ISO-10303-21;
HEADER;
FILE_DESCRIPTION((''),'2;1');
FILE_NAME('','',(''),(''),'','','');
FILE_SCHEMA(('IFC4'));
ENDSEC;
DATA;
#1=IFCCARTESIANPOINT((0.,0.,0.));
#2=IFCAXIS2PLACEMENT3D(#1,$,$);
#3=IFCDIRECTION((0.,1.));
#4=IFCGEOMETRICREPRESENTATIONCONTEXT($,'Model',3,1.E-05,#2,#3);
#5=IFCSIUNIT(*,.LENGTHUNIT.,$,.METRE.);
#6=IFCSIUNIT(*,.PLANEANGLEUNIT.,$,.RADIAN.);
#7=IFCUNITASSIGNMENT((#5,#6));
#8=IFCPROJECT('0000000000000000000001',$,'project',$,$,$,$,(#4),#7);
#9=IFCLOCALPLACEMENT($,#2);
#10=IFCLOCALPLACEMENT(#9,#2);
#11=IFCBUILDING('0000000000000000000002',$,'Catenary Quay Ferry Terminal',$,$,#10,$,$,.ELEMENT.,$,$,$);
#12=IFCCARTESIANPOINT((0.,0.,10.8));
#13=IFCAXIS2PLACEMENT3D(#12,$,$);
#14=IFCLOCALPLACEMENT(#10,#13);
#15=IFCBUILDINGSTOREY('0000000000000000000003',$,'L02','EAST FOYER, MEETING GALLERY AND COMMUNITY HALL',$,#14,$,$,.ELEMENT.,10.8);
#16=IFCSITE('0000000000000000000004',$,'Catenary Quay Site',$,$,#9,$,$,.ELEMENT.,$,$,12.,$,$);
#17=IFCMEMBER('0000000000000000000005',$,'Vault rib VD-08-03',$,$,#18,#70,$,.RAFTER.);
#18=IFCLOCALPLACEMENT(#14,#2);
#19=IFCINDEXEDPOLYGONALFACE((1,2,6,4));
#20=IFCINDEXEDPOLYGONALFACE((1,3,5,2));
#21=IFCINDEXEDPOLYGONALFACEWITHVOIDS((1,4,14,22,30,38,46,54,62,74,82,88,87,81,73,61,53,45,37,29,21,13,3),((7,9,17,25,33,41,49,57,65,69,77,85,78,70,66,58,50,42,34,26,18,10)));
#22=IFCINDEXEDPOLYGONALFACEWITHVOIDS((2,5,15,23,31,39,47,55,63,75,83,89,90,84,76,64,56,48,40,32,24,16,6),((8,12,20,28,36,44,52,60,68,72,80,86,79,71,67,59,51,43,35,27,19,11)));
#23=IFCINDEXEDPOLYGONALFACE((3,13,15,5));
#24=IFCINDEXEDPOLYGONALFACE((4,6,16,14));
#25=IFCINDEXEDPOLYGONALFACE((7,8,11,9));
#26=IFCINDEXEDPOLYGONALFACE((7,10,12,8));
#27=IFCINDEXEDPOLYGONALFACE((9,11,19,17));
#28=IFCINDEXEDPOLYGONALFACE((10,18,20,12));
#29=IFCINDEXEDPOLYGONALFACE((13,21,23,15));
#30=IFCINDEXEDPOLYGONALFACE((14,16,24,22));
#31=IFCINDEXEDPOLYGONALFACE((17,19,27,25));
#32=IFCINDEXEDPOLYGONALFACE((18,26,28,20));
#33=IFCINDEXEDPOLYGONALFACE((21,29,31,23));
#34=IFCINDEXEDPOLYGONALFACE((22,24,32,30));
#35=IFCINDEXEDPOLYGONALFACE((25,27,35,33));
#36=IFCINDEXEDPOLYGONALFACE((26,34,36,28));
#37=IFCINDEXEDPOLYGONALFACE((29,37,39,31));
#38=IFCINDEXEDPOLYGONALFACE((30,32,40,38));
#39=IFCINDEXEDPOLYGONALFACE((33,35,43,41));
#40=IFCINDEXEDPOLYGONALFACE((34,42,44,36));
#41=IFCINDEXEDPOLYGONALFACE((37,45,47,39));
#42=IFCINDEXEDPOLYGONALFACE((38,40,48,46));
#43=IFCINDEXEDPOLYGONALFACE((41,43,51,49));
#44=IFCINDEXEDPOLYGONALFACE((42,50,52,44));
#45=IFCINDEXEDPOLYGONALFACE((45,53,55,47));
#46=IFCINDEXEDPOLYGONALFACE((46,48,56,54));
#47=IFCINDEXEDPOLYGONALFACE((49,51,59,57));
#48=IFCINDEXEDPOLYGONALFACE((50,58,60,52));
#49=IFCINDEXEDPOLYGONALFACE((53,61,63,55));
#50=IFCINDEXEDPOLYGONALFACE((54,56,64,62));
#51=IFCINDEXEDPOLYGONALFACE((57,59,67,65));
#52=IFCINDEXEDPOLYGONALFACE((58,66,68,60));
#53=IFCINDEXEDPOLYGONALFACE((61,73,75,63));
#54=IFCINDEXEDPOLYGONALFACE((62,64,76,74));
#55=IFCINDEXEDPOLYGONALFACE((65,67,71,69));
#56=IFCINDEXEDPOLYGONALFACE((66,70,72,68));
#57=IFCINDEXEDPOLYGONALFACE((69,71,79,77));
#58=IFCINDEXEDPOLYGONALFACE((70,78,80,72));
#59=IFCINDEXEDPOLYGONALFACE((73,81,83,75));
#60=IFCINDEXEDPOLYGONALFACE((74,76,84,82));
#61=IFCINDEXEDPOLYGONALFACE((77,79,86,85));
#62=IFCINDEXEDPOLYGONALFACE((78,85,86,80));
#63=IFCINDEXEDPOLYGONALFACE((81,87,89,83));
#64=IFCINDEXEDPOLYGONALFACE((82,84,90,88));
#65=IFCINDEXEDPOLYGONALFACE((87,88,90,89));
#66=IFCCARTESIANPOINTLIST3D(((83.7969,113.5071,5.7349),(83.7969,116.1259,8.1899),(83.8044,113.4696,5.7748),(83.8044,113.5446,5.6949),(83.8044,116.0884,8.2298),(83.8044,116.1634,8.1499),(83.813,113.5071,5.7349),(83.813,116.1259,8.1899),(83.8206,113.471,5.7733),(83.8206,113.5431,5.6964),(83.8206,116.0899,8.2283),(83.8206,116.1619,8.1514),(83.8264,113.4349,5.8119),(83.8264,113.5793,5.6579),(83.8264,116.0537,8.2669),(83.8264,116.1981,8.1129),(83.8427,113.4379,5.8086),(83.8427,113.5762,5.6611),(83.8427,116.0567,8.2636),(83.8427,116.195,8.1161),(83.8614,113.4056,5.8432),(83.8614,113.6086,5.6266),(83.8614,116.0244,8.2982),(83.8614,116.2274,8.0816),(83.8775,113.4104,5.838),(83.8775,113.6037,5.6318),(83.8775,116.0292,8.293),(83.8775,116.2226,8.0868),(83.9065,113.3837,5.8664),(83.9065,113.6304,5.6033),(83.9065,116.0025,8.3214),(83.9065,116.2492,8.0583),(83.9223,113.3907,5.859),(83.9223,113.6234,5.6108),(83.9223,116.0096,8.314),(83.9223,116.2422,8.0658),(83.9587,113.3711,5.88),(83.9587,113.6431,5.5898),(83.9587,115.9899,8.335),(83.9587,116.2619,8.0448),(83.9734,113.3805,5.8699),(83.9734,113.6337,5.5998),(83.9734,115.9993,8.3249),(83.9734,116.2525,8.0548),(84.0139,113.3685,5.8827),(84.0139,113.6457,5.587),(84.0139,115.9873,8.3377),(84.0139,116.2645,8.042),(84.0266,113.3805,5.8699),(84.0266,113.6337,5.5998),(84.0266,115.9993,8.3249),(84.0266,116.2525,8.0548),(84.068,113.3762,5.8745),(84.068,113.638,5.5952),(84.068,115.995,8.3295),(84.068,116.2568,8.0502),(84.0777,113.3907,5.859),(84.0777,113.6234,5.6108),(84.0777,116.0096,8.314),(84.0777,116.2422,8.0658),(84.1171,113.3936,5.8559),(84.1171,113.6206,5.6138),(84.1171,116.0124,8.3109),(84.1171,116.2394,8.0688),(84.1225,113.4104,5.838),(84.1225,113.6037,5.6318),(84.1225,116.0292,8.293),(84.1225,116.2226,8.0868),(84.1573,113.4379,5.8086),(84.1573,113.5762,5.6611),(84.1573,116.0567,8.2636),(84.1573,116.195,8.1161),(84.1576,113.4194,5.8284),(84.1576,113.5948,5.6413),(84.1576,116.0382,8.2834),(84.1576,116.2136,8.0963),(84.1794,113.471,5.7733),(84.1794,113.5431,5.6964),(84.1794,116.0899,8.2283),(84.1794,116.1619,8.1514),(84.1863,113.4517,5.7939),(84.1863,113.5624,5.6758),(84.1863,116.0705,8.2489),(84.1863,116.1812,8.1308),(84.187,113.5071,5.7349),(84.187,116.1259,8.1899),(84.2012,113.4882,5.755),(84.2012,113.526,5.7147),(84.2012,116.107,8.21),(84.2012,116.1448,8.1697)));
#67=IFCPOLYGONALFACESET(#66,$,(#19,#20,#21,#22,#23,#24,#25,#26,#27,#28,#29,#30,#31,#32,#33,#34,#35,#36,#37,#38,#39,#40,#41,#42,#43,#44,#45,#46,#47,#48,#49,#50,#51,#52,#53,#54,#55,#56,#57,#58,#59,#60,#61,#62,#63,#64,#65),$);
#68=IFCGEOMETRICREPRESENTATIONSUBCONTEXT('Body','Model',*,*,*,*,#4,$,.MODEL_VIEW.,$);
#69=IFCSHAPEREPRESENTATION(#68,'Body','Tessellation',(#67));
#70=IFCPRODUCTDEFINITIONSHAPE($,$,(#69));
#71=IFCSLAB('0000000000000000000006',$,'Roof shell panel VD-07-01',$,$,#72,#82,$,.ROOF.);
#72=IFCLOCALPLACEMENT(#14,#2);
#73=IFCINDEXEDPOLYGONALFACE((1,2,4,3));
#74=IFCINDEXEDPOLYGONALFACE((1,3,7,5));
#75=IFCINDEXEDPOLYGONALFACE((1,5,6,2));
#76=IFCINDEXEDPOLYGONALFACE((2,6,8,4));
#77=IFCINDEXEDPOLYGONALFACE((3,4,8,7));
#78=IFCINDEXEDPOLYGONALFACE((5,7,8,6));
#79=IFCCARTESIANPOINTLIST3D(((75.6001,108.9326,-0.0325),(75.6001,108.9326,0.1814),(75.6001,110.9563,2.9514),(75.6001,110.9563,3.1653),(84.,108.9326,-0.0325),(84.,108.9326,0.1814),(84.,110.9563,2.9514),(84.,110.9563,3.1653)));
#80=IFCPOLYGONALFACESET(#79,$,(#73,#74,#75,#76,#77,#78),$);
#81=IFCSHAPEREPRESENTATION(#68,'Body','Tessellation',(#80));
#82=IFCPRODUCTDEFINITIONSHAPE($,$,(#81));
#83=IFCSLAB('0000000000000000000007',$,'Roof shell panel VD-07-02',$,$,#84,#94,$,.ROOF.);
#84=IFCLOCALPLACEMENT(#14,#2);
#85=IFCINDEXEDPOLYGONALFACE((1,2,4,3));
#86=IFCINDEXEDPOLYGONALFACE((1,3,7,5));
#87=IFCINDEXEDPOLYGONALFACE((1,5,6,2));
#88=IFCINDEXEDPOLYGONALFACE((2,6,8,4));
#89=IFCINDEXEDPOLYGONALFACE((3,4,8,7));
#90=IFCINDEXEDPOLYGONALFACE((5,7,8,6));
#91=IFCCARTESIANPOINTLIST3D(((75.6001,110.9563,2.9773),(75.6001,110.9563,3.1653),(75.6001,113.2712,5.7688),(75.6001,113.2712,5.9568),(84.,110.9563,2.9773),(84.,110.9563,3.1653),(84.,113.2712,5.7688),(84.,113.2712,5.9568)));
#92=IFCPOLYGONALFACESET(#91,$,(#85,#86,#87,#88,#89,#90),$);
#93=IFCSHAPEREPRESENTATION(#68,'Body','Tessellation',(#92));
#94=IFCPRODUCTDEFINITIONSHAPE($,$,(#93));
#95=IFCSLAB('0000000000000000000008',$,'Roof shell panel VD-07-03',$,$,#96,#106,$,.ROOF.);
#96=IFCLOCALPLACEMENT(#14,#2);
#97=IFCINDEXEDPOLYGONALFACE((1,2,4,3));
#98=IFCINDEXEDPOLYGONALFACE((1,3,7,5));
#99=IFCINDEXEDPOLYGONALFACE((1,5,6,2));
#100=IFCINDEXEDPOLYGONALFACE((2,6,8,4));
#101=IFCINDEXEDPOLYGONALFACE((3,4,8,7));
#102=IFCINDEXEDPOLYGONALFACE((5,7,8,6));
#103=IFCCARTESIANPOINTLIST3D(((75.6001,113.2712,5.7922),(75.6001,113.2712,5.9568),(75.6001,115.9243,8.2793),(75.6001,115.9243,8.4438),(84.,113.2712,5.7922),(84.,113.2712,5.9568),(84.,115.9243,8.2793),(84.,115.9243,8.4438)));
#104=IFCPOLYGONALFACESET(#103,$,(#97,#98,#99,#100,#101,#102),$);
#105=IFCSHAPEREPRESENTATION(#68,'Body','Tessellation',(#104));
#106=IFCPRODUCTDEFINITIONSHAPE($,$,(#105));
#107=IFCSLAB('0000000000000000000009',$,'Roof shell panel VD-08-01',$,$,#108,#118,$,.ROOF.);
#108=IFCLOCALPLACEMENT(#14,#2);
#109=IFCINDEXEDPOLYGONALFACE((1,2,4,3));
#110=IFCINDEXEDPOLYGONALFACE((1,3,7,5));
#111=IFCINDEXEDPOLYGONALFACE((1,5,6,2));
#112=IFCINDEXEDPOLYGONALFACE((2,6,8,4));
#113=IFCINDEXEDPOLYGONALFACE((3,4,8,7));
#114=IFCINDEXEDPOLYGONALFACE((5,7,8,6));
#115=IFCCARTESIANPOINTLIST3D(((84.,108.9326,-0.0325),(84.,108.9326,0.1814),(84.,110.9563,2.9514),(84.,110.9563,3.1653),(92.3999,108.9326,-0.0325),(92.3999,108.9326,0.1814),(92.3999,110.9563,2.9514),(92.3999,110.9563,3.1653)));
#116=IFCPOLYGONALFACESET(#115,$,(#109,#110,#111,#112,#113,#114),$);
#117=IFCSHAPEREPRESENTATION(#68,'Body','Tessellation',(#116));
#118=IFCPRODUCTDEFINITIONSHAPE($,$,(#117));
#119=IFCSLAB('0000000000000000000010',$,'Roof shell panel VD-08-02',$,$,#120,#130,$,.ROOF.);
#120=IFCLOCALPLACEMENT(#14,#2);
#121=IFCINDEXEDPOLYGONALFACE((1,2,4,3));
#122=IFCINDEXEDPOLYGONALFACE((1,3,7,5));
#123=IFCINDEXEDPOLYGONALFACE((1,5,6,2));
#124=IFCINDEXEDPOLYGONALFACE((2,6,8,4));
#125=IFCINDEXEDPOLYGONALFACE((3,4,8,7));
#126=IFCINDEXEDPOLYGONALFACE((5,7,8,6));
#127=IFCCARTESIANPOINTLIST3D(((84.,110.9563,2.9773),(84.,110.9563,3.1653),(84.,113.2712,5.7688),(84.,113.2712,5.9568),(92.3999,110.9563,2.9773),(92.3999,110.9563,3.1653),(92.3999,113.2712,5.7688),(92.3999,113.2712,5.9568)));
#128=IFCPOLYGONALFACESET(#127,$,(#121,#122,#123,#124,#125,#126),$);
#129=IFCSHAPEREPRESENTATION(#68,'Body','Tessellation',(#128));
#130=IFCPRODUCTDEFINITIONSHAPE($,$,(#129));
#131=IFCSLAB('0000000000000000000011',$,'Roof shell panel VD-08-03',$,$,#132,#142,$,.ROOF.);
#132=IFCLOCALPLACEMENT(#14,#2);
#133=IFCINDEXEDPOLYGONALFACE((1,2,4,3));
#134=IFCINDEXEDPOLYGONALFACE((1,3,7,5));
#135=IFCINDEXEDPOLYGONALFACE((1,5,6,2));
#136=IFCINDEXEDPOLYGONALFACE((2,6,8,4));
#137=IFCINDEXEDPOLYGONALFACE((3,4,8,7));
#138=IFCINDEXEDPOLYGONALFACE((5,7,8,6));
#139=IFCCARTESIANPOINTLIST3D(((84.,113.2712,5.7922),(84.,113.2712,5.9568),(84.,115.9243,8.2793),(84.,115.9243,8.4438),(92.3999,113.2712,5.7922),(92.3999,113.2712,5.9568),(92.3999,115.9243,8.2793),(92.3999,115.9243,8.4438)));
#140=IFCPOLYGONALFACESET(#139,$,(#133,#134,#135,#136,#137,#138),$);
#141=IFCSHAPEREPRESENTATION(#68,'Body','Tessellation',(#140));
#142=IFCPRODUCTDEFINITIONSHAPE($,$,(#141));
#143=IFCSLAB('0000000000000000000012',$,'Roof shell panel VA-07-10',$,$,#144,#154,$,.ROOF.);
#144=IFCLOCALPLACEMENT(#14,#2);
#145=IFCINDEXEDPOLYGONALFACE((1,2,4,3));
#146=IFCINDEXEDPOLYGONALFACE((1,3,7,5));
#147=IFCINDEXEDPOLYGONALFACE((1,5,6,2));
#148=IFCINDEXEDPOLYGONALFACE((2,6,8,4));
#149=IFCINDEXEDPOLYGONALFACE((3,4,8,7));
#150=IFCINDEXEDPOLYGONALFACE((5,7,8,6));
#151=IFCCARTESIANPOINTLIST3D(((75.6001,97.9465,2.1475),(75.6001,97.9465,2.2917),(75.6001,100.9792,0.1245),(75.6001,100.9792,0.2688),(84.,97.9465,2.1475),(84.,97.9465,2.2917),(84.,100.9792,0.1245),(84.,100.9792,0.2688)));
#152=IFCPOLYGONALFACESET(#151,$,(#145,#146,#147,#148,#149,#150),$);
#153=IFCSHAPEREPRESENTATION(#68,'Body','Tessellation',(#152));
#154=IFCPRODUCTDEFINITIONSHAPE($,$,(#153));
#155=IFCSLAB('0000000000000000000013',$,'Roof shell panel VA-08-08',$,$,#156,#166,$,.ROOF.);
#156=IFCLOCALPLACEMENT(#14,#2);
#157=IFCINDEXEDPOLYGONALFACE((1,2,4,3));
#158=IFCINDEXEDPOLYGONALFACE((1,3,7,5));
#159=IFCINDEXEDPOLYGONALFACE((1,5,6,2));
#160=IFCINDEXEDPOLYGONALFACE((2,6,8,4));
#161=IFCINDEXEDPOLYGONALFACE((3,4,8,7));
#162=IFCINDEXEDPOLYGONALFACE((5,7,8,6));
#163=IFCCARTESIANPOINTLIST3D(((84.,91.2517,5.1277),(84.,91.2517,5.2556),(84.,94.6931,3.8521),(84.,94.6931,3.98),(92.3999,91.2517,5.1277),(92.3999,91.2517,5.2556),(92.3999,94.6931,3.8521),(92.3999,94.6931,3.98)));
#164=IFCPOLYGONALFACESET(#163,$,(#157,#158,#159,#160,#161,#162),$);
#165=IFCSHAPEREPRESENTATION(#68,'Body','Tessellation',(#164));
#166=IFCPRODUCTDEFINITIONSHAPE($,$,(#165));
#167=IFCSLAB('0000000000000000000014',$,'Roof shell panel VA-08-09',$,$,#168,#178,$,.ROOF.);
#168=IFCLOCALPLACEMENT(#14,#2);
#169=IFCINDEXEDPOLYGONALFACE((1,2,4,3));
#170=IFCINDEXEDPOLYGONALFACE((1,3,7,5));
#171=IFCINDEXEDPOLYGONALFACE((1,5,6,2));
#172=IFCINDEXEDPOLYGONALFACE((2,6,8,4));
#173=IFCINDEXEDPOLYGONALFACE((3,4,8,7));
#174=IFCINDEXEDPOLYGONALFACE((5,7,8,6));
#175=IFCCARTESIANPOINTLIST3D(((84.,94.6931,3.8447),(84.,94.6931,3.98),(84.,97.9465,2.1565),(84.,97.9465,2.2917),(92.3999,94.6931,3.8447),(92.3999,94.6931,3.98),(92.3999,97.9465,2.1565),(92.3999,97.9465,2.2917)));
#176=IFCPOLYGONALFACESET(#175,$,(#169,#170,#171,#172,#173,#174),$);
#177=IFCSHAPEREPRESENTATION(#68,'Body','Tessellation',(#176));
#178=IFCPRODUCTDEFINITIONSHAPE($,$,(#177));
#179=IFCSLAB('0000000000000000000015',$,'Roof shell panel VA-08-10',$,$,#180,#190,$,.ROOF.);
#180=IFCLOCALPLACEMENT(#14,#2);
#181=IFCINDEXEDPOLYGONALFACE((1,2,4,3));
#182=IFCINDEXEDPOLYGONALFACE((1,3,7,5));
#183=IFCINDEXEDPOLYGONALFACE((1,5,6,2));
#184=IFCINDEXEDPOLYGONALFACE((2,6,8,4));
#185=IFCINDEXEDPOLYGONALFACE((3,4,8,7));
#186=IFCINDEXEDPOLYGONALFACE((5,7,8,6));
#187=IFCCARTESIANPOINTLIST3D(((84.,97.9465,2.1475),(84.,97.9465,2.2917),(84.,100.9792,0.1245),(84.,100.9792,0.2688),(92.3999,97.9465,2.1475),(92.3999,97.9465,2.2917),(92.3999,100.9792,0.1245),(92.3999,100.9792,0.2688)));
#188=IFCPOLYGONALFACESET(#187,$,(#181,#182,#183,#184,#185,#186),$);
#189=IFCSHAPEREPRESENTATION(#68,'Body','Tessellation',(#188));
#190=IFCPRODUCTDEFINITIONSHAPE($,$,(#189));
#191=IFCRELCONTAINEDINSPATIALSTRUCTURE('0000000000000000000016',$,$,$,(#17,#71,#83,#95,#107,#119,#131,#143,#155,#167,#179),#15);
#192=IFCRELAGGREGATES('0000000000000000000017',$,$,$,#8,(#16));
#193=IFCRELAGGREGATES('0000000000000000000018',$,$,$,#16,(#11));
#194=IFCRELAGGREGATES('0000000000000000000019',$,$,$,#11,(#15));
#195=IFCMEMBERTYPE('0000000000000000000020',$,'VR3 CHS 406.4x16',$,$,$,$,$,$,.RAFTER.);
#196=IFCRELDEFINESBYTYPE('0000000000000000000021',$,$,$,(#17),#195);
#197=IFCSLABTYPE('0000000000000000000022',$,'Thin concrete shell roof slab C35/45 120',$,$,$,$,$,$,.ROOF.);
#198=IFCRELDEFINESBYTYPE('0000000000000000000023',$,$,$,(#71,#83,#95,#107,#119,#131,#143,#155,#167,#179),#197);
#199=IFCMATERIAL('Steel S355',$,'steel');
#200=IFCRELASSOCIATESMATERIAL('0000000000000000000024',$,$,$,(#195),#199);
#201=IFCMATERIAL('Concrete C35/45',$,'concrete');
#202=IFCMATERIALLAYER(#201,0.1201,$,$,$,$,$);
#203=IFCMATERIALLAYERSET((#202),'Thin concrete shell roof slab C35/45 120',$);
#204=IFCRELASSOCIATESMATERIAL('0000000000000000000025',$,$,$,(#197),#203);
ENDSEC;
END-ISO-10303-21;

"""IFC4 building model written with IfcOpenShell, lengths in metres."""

from ifc_helpers import new_model, si_unit, direction, frame, origin, origin_2d, place, context, subcontext, project, spatial, polyline, hollow_circle, outline, extrude, material, layer, layer_set, material_profile, profile_set, type_object, element, save


model = new_model("IFC4")

# Units and contexts
model_context = context("Model", 3, precision=1e-05, world=origin(), true_north=direction((0.0, 1.0)))
body_context = subcontext(model_context, "Body", "Model", "MODEL_VIEW")
ifc_project = project(units=[si_unit("LENGTHUNIT", "METRE"), si_unit("PLANEANGLEUNIT", "RADIAN")], contexts=[model_context])

# Site, building, storey
site_placement = place(None, origin())
site = spatial("IfcSite", under=ifc_project, at=site_placement, Name="Catenary Quay Site", CompositionType="ELEMENT", RefElevation=12.0)
building_placement = place(site_placement, origin())
building = spatial("IfcBuilding", under=site, at=building_placement, Name="Catenary Quay Ferry Terminal", CompositionType="ELEMENT")
storey_placement = place(building_placement, frame((0.0, 0.0, 10.8)))
storey = spatial("IfcBuildingStorey", under=building, at=storey_placement, Name="L02", Description="EAST FOYER, MEETING GALLERY AND COMMUNITY HALL", CompositionType="ELEMENT", Elevation=10.8)

# Member
ifc_material_1 = material(Name="Steel S355", Category="steel")
ifc_material_profile_1 = material_profile(ifc_material_1, hollow_circle(Radius=0.2031, WallThickness=0.0161, at=origin_2d()), Name="CHS 406.4x16")
ifc_profile_set_1 = profile_set([ifc_material_profile_1], Name="Steel S355")
member_type_1 = type_object("IfcMemberType", Name="VR3 CHS 406.4x16", PredefinedType="RAFTER", material=ifc_profile_set_1)
member_1_placement = place(storey_placement, frame((84.0, 113.5071, 5.7349), z_axis=(0.0, 0.729556, 0.683921), x_axis=(-1.0, 0.0, 0.0)))
element("IfcMember", 1, at=member_1_placement, inside=storey, type_object=member_type_1, Name="Vault rib VD-08-03", PredefinedType="RAFTER", context=body_context, shape_type="SweptSolid", body=[
    extrude(hollow_circle(Radius=0.2031, WallThickness=0.0161, at=origin_2d()), origin(), (0.0, 0.0, 1.0), 3.5896),
])

# Slabs
ifc_material_2 = material(Name="Concrete C35/45", Category="concrete")
ifc_layer_1 = layer(ifc_material_2, 0.1201)
ifc_layer_set_1 = layer_set([ifc_layer_1], Name="Thin concrete shell roof slab C35/45 120")
slab_type = type_object("IfcSlabType", Name="Thin concrete shell roof slab C35/45 120", PredefinedType="ROOF", material=ifc_layer_set_1)
slab_1_placement = place(storey_placement, frame((75.6001, 108.9326, 0.1814), z_axis=(0.0, -0.827617, 0.561293), x_axis=(1.0, 0.0, 0.0)))
element("IfcSlab", 2, at=slab_1_placement, inside=storey, type_object=slab_type, Name="Roof shell panel VD-07-01", PredefinedType="ROOF", context=body_context, shape_type="SweptSolid", body=[
    extrude(outline(polyline([(0.0, 0.0), (8.3999, 0.0), (8.3999, 3.6054), (0.0, 3.6054), (0.0, 0.0)])), origin(), (0.0, -0.827617, -0.561293), 0.2139),
])
slab_2_placement = place(storey_placement, frame((75.6001, 110.9563, 3.1653), z_axis=(0.0, -0.769753, 0.638342), x_axis=(1.0, 0.0, 0.0)))
element("IfcSlab", 3, at=slab_2_placement, inside=storey, type_object=slab_type, Name="Roof shell panel VD-07-02", PredefinedType="ROOF", context=body_context, shape_type="SweptSolid", body=[
    extrude(outline(polyline([(0.0, 0.0), (8.3999, 0.0), (8.3999, 3.6265), (0.0, 3.6265), (0.0, 0.0)])), origin(), (0.0, -0.769753, -0.638342), 0.188),
])
slab_3_placement = place(storey_placement, frame((75.6001, 113.2712, 5.9568), z_axis=(0.0, -0.683912, 0.729564), x_axis=(1.0, 0.0, 0.0)))
element("IfcSlab", 4, at=slab_3_placement, inside=storey, type_object=slab_type, Name="Roof shell panel VD-07-03", PredefinedType="ROOF", context=body_context, shape_type="SweptSolid", body=[
    extrude(outline(polyline([(0.0, 0.0), (8.3999, 0.0), (8.3999, 3.6365), (0.0, 3.6365), (0.0, 0.0)])), origin(), (0.0, -0.683912, -0.729564), 0.1646),
])
slab_4_placement = place(storey_placement, frame((84.0, 108.9326, 0.1814), z_axis=(0.0, -0.827617, 0.561293), x_axis=(1.0, 0.0, 0.0)))
element("IfcSlab", 5, at=slab_4_placement, inside=storey, type_object=slab_type, Name="Roof shell panel VD-08-01", PredefinedType="ROOF", context=body_context, shape_type="SweptSolid", body=[
    extrude(outline(polyline([(0.0, 0.0), (8.3999, 0.0), (8.3999, 3.6054), (0.0, 3.6054), (0.0, 0.0)])), origin(), (0.0, -0.827617, -0.561293), 0.2139),
])
slab_5_placement = place(storey_placement, frame((84.0, 110.9563, 3.1653), z_axis=(0.0, -0.769753, 0.638342), x_axis=(1.0, 0.0, 0.0)))
element("IfcSlab", 6, at=slab_5_placement, inside=storey, type_object=slab_type, Name="Roof shell panel VD-08-02", PredefinedType="ROOF", context=body_context, shape_type="SweptSolid", body=[
    extrude(outline(polyline([(0.0, 0.0), (8.3999, 0.0), (8.3999, 3.6265), (0.0, 3.6265), (0.0, 0.0)])), origin(), (0.0, -0.769753, -0.638342), 0.188),
])
slab_6_placement = place(storey_placement, frame((84.0, 113.2712, 5.9568), z_axis=(0.0, -0.683912, 0.729564), x_axis=(1.0, 0.0, 0.0)))
element("IfcSlab", 7, at=slab_6_placement, inside=storey, type_object=slab_type, Name="Roof shell panel VD-08-03", PredefinedType="ROOF", context=body_context, shape_type="SweptSolid", body=[
    extrude(outline(polyline([(0.0, 0.0), (8.3999, 0.0), (8.3999, 3.6365), (0.0, 3.6365), (0.0, 0.0)])), origin(), (0.0, -0.683912, -0.729564), 0.1646),
])
slab_7_placement = place(storey_placement, frame((75.6001, 97.9465, 2.2917), z_axis=(0.0, 0.554917, 0.831906), x_axis=(1.0, 0.0, 0.0)))
element("IfcSlab", 8, at=slab_7_placement, inside=storey, type_object=slab_type, Name="Roof shell panel VA-07-10", PredefinedType="ROOF", context=body_context, shape_type="SweptSolid", body=[
    extrude(outline(polyline([(0.0, 0.0), (8.3999, 0.0), (8.3999, 3.6455), (0.0, 3.6455), (0.0, 0.0)])), origin(), (0.0, 0.554917, -0.831906), 0.1443),
])
slab_8_placement = place(storey_placement, frame((84.0, 91.2517, 5.2556), z_axis=(0.0, 0.347563, 0.937656), x_axis=(1.0, 0.0, 0.0)))
element("IfcSlab", 9, at=slab_8_placement, inside=storey, type_object=slab_type, Name="Roof shell panel VA-08-08", PredefinedType="ROOF", context=body_context, shape_type="SweptSolid", body=[
    extrude(outline(polyline([(0.0, 0.0), (8.3999, 0.0), (8.3999, 3.6702), (0.0, 3.6702), (0.0, 0.0)])), origin(), (0.0, 0.347563, -0.937656), 0.1279),
])
slab_9_placement = place(storey_placement, frame((84.0, 94.6931, 3.98), z_axis=(0.0, 0.460591, 0.887612), x_axis=(1.0, 0.0, 0.0)))
element("IfcSlab", 10, at=slab_9_placement, inside=storey, type_object=slab_type, Name="Roof shell panel VA-08-09", PredefinedType="ROOF", context=body_context, shape_type="SweptSolid", body=[
    extrude(outline(polyline([(0.0, 0.0), (8.3999, 0.0), (8.3999, 3.6654), (0.0, 3.6654), (0.0, 0.0)])), origin(), (0.0, 0.460591, -0.887612), 0.1353),
])
slab_10_placement = place(storey_placement, frame((84.0, 97.9465, 2.2917), z_axis=(0.0, 0.554917, 0.831906), x_axis=(1.0, 0.0, 0.0)))
element("IfcSlab", 11, at=slab_10_placement, inside=storey, type_object=slab_type, Name="Roof shell panel VA-08-10", PredefinedType="ROOF", context=body_context, shape_type="SweptSolid", body=[
    extrude(outline(polyline([(0.0, 0.0), (8.3999, 0.0), (8.3999, 3.6455), (0.0, 3.6455), (0.0, 0.0)])), origin(), (0.0, 0.554917, -0.831906), 0.1443),
])

save(model, "model.ifc")
